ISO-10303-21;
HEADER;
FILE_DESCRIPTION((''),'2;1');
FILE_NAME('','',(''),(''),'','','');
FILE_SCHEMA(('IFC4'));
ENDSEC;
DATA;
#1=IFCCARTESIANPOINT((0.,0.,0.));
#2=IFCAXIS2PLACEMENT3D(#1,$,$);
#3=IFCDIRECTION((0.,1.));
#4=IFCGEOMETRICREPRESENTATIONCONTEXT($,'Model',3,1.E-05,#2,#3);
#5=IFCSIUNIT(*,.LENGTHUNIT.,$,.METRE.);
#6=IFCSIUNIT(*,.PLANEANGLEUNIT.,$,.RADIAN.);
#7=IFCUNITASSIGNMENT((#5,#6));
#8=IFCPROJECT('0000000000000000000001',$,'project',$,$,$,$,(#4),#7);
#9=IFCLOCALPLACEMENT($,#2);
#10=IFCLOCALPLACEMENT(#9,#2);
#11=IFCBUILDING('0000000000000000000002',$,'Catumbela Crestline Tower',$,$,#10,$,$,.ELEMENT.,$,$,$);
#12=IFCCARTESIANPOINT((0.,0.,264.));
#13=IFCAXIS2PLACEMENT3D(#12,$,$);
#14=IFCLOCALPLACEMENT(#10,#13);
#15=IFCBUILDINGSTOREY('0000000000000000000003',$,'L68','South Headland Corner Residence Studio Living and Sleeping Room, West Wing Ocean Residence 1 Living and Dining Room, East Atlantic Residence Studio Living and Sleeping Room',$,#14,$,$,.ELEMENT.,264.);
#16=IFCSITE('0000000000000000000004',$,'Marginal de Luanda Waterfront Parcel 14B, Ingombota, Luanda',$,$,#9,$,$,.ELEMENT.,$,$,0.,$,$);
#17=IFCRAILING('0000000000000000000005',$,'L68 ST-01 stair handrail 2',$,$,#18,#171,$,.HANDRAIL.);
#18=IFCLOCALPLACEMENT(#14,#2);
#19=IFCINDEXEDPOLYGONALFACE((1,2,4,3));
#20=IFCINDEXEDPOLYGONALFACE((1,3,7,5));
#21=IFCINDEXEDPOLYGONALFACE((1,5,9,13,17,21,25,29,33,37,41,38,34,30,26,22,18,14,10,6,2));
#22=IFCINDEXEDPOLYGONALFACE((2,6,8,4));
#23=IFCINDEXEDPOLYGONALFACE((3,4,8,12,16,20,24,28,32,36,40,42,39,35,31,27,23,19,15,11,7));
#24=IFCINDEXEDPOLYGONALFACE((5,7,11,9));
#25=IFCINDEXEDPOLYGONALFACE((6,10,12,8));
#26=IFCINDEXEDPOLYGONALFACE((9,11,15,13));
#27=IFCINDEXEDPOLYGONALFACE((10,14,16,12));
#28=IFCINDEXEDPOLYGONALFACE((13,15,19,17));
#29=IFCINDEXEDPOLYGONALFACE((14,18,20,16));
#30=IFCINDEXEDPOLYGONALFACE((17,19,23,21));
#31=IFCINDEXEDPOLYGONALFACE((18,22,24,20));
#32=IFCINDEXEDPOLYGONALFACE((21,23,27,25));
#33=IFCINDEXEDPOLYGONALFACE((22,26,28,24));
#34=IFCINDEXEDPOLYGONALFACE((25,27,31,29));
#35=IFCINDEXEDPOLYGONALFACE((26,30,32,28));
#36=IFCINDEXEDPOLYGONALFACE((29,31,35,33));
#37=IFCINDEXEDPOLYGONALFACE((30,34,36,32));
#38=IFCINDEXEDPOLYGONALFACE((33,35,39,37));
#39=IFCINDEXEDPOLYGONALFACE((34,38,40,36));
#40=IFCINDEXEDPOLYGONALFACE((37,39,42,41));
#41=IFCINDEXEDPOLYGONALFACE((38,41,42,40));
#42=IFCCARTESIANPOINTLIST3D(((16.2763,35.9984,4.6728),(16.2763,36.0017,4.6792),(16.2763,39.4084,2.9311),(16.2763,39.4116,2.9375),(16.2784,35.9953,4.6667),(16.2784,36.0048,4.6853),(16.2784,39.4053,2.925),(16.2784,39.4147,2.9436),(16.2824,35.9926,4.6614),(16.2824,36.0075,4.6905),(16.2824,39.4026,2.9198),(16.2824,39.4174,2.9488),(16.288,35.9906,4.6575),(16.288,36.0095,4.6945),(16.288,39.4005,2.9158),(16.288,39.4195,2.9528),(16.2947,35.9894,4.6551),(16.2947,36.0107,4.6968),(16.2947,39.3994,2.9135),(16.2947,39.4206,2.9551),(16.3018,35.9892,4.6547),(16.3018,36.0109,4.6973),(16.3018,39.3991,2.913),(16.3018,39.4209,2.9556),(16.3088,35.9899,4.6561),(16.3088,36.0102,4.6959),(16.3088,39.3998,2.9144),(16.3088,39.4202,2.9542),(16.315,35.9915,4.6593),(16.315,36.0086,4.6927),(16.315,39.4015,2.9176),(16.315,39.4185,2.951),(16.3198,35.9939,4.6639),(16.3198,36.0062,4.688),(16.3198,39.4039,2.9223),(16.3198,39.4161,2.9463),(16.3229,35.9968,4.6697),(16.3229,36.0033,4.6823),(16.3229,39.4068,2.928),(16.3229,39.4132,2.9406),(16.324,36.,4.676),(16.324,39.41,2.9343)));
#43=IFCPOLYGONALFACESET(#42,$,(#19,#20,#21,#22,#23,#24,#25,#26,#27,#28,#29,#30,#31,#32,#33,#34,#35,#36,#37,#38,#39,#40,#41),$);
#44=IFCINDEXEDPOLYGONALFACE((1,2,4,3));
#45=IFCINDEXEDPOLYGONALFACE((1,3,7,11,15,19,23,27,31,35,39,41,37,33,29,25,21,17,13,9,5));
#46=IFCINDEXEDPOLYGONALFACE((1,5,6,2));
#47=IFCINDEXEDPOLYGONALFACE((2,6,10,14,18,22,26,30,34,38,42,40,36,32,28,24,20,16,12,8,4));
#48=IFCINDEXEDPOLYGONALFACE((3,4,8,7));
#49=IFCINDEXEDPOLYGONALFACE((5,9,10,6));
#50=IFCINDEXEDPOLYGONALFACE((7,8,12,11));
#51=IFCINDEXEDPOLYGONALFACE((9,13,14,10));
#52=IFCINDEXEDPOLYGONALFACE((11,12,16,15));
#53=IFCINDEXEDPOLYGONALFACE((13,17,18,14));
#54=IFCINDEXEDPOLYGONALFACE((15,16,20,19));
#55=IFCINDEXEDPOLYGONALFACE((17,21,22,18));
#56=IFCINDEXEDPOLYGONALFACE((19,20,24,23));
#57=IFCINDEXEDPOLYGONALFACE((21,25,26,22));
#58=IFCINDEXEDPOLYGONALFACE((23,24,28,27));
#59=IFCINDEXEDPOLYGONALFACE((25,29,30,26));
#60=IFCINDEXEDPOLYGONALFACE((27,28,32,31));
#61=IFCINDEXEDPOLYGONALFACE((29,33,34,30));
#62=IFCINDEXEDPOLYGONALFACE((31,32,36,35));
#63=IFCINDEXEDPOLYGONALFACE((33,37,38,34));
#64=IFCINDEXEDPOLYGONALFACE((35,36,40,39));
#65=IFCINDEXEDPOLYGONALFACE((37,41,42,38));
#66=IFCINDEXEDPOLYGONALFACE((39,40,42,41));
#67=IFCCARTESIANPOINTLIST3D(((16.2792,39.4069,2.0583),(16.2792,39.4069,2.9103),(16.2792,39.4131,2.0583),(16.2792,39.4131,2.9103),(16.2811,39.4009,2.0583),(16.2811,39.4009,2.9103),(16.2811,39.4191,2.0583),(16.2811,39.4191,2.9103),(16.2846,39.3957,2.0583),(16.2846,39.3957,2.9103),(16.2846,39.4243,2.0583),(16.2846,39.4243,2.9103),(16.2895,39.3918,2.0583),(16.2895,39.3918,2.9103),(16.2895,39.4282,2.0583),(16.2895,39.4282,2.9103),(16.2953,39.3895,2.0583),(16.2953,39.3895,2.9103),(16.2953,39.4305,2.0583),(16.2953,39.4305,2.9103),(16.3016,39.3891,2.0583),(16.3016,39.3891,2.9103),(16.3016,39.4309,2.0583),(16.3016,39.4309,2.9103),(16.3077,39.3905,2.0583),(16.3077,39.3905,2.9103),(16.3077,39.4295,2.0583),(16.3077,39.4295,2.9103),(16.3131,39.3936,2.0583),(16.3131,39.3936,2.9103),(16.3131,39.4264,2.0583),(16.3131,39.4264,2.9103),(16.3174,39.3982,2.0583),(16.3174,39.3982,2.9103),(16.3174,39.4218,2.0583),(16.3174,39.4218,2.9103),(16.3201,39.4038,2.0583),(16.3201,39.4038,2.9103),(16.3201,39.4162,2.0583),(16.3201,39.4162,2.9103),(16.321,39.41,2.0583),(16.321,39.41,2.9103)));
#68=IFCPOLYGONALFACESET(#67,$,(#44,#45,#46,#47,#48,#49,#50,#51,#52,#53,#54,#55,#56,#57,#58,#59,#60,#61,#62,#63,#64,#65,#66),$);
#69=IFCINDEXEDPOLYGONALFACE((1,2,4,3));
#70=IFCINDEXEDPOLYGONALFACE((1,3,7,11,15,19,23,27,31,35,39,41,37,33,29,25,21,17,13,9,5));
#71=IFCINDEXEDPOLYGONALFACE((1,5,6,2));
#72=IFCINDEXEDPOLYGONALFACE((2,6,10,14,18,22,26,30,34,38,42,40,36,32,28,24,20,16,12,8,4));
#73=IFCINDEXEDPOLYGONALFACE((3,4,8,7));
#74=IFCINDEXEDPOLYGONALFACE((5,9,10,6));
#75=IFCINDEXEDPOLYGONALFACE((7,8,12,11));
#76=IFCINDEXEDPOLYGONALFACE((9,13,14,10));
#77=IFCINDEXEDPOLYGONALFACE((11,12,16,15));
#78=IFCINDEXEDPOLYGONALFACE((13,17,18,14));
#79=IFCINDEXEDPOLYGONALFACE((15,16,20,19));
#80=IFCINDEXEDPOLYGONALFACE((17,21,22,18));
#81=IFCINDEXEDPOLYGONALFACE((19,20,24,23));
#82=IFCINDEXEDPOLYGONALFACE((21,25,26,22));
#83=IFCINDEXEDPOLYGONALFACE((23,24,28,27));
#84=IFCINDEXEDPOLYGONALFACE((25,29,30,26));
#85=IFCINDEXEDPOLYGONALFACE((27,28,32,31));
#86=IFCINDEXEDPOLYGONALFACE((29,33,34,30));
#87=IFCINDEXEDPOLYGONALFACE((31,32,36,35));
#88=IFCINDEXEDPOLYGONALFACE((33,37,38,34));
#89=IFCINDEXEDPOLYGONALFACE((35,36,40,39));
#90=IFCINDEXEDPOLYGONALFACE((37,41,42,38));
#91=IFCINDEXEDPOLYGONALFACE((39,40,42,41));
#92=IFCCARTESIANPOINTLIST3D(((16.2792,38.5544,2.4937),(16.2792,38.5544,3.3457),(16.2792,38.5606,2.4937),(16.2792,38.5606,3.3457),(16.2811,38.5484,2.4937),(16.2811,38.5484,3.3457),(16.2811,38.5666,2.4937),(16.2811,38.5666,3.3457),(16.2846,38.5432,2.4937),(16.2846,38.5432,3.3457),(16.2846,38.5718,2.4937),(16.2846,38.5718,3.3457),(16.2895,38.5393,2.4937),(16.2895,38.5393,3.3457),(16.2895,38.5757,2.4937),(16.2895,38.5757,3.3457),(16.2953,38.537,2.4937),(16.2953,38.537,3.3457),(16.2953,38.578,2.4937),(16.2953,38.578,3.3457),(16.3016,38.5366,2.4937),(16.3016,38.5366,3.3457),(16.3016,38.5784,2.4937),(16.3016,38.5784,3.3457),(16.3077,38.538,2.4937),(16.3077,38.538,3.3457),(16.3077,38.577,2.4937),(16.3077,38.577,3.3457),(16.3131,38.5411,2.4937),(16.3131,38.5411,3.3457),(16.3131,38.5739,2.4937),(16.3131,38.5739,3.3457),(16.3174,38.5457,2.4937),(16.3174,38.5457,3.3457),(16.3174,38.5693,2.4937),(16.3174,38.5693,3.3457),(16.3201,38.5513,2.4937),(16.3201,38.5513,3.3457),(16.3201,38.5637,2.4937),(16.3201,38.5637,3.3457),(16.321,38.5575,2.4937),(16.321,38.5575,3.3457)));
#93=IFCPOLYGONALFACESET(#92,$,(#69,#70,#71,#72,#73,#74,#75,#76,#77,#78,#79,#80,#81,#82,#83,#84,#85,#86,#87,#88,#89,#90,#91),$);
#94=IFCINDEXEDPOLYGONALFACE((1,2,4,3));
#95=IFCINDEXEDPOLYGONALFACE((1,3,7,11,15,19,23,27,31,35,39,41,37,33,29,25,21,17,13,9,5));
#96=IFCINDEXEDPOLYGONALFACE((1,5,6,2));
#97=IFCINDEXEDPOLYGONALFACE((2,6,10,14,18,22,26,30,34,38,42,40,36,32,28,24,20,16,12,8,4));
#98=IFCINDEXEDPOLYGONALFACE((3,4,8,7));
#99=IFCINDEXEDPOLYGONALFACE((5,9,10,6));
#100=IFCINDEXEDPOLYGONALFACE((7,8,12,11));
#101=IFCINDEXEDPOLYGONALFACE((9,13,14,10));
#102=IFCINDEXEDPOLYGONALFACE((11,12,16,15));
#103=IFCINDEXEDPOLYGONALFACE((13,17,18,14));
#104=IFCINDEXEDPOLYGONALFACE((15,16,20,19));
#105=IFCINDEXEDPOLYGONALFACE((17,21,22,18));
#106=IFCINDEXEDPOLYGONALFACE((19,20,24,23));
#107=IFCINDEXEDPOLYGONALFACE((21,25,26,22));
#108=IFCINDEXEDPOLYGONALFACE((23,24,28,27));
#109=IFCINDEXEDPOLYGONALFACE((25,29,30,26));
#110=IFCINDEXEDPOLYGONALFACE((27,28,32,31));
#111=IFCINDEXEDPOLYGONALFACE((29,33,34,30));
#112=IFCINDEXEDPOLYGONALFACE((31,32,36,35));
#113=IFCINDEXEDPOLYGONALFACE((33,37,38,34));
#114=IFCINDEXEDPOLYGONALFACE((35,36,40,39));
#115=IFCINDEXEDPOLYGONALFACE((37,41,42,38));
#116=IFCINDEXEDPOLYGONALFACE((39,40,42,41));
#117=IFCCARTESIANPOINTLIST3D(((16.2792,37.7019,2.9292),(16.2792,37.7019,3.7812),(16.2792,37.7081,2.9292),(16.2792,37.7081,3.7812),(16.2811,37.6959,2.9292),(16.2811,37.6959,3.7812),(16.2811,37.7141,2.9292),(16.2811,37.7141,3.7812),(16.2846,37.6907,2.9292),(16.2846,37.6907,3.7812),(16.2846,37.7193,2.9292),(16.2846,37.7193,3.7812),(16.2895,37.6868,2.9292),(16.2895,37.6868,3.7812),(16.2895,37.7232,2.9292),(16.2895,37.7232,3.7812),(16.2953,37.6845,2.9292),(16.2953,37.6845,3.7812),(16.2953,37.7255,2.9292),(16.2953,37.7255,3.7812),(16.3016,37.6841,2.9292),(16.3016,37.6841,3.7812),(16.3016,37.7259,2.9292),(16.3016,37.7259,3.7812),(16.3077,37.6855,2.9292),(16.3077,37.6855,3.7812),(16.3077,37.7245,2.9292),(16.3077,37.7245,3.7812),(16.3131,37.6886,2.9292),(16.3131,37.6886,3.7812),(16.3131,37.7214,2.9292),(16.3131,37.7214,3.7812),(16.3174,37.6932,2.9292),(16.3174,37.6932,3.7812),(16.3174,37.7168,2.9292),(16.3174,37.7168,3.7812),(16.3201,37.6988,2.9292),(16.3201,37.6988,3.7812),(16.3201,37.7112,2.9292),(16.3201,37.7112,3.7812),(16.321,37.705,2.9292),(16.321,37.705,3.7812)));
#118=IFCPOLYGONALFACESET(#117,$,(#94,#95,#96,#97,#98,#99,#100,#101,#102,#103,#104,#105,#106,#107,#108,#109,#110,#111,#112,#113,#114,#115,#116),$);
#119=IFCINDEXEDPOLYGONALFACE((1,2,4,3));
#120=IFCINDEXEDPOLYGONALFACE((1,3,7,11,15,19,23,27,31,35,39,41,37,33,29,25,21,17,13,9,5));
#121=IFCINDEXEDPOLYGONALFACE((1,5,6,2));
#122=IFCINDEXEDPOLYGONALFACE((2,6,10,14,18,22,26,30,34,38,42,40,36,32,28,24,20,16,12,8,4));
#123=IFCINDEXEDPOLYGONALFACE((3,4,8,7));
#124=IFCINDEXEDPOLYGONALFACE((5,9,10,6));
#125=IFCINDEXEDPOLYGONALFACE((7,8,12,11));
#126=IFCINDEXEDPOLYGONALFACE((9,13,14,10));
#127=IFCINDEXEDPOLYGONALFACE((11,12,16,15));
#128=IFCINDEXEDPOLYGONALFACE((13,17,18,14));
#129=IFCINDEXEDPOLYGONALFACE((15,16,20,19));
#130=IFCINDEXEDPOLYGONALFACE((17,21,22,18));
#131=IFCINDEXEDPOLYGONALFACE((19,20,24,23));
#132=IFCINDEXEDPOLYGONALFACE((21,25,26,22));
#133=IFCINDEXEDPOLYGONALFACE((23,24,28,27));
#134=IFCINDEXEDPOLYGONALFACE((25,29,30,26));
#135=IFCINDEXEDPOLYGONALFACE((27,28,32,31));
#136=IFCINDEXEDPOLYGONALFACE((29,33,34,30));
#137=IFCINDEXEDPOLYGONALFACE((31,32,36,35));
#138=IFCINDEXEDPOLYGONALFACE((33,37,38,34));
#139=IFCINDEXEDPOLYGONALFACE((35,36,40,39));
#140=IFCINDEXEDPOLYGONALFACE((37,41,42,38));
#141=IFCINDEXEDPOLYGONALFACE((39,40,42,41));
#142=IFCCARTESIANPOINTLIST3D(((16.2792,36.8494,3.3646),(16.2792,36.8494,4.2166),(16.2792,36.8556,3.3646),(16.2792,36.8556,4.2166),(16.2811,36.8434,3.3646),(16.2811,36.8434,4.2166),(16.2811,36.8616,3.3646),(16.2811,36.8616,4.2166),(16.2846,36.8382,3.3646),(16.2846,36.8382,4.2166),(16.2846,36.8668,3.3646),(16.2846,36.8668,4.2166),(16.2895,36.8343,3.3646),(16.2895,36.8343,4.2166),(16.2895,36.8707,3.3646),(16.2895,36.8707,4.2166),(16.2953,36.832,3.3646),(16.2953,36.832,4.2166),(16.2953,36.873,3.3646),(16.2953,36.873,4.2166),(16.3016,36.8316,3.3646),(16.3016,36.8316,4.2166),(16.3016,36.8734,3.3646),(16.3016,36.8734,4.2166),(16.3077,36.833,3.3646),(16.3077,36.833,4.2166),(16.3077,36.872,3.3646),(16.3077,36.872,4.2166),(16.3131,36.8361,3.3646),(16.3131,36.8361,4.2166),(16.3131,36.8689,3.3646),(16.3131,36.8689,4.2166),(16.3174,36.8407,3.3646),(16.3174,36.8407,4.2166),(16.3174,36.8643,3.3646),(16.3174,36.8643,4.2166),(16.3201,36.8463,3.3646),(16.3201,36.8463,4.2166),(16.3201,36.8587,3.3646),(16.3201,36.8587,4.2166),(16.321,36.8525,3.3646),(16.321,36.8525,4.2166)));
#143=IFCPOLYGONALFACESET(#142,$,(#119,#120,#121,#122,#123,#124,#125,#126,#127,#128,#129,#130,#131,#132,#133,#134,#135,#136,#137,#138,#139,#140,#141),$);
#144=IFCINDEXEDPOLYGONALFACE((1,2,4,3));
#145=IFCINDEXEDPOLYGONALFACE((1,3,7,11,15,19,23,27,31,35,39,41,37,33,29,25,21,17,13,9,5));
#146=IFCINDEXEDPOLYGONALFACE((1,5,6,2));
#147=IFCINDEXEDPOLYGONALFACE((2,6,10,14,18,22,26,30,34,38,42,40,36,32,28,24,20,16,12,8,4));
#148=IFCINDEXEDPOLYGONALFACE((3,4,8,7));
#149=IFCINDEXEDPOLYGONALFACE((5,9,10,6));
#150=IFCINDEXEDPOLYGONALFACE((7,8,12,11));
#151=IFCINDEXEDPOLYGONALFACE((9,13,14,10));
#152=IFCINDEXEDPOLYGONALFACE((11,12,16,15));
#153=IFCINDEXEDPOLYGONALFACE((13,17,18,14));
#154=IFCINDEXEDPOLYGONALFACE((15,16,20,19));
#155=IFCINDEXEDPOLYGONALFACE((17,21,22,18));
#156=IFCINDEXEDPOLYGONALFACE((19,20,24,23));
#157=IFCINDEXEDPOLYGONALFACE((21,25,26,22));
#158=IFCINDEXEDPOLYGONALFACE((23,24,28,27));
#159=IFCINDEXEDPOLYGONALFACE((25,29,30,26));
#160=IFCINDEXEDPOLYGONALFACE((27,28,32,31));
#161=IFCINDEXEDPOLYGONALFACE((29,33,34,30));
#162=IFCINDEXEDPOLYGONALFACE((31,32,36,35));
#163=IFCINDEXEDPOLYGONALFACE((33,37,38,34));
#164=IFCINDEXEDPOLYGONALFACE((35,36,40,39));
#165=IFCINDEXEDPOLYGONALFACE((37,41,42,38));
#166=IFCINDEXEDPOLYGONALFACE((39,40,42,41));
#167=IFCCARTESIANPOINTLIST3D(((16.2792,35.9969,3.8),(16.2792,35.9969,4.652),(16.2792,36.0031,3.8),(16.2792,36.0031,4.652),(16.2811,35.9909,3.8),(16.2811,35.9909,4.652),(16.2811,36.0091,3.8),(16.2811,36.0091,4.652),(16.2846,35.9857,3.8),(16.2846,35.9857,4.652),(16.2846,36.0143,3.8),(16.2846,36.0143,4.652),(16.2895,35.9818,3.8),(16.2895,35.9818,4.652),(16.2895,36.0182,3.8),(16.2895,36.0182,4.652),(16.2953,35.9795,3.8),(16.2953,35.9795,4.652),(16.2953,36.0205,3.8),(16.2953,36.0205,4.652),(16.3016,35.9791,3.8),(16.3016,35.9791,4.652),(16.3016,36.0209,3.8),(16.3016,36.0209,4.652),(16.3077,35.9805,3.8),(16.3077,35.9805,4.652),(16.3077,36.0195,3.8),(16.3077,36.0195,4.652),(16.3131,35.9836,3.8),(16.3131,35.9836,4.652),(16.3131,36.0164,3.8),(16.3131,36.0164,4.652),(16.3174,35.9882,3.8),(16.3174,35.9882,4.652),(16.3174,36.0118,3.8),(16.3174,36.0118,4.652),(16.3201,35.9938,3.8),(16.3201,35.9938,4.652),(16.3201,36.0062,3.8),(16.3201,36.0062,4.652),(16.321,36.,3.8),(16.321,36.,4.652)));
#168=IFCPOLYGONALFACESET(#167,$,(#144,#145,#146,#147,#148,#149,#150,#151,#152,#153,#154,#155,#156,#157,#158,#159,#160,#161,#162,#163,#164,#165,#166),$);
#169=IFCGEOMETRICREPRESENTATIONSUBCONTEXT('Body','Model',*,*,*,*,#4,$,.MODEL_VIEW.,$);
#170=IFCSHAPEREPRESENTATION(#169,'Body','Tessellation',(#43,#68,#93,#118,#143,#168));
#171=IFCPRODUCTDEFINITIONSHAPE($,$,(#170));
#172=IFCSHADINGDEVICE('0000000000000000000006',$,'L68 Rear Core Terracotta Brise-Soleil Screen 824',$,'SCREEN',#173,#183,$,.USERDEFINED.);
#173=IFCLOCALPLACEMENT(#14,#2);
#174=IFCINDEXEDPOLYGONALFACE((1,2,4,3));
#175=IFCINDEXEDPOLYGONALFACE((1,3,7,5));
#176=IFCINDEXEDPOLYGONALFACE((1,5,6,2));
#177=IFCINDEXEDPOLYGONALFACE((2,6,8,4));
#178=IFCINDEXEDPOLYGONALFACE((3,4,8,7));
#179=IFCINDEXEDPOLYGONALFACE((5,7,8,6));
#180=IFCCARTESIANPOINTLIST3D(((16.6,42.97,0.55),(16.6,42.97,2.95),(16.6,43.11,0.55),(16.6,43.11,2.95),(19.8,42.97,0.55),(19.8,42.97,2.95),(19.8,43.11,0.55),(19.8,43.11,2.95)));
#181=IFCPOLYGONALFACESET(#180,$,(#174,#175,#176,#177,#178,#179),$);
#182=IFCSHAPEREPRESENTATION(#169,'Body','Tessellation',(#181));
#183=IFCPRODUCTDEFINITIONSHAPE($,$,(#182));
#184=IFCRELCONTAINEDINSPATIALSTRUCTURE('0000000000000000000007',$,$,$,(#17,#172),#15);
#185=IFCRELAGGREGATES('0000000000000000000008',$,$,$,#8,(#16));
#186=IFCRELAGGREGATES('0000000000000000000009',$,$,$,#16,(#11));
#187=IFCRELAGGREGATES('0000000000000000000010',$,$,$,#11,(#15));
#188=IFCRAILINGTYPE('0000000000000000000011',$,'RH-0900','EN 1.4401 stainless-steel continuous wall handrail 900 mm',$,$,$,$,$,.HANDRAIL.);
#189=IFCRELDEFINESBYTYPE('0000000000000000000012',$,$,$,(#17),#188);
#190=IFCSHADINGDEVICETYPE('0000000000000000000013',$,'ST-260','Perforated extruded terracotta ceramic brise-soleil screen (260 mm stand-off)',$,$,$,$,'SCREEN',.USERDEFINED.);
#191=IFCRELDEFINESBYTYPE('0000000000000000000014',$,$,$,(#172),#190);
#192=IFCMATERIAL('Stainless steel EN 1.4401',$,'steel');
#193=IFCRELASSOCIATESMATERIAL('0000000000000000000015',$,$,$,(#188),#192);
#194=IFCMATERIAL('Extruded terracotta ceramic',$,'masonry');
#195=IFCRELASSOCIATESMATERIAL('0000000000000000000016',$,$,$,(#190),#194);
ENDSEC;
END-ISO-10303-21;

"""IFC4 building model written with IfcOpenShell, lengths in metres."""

from ifc_helpers import new_model, si_unit, direction, frame, origin, origin_2d, place, context, subcontext, project, spatial, rectangle, circle, extrude, material, type_object, element, save


model = new_model("IFC4")

# Units and contexts
model_context = context("Model", 3, precision=1e-05, world=origin(), true_north=direction((0.0, 1.0)))
body_context = subcontext(model_context, "Body", "Model", "MODEL_VIEW")
ifc_project = project(units=[si_unit("LENGTHUNIT", "METRE"), si_unit("PLANEANGLEUNIT", "RADIAN")], contexts=[model_context])

# Site, building, storey
site_placement = place(None, origin())
site = spatial("IfcSite", under=ifc_project, at=site_placement, Name="Marginal de Luanda Waterfront Parcel 14B, Ingombota, Luanda", CompositionType="ELEMENT", RefElevation=0.0)
building_placement = place(site_placement, origin())
building = spatial("IfcBuilding", under=site, at=building_placement, Name="Catumbela Crestline Tower", CompositionType="ELEMENT")
storey_placement = place(building_placement, frame((0.0, 0.0, 264.0)))
storey = spatial("IfcBuildingStorey", under=building, at=storey_placement, Name="L68", Description="South Headland Corner Residence Studio Living and Sleeping Room, West Wing Ocean Residence 1 Living and Dining Room, East Atlantic Residence Studio Living and Sleeping Room", CompositionType="ELEMENT", Elevation=264.0)

# Shared definitions
ifc_material_1 = material(Name="Stainless steel EN 1.4401", Category="steel")

# Railing
railing_type_1 = type_object("IfcRailingType", Name="RH-0900", Description="EN 1.4401 stainless-steel continuous wall handrail 900 mm", PredefinedType="HANDRAIL", material=ifc_material_1)
railing_1_placement = place(storey_placement, frame((16.3, 39.41, 2.0583)))
element("IfcRailing", 1, at=railing_1_placement, inside=storey, type_object=railing_type_1, Name="L68 ST-01 stair handrail 2", PredefinedType="HANDRAIL", context=body_context, shape_type="SweptSolid", body=[
    extrude(circle(Radius=0.024, at=origin_2d()), frame((0.0, 0.0, 0.876), z_axis=(0.0, -0.89056, 0.454865), x_axis=(1.0, 0.0, 0.0)), (0.0, 0.0, 1.0), 3.829),
    extrude(circle(Radius=0.021, at=origin_2d()), origin(), (0.0, 0.0, 1.0), 0.852),
    extrude(circle(Radius=0.021, at=origin_2d()), frame((0.0, -0.8525, 0.4354)), (0.0, 0.0, 1.0), 0.852),
    extrude(circle(Radius=0.021, at=origin_2d()), frame((0.0, -1.705, 0.8709)), (0.0, 0.0, 1.0), 0.852),
    extrude(circle(Radius=0.021, at=origin_2d()), frame((0.0, -2.5575, 1.3063)), (0.0, 0.0, 1.0), 0.852),
    extrude(circle(Radius=0.021, at=origin_2d()), frame((0.0, -3.41, 1.7417)), (0.0, 0.0, 1.0), 0.852),
])

# Shading device
ifc_material_2 = material(Name="Extruded terracotta ceramic", Category="masonry")
shading_device_type = type_object("IfcShadingDeviceType", Name="ST-260", Description="Perforated extruded terracotta ceramic brise-soleil screen (260 mm stand-off)", ElementType="SCREEN", PredefinedType="USERDEFINED", material=ifc_material_2)
shading_device_placement = place(storey_placement, frame((18.2, 43.04, 0.55), z_axis=(0.0, 0.0, 1.0), x_axis=(1.0, 0.0, 0.0)))
element("IfcShadingDevice", 2, at=shading_device_placement, inside=storey, type_object=shading_device_type, Name="L68 Rear Core Terracotta Brise-Soleil Screen 824", ObjectType="SCREEN", PredefinedType="USERDEFINED", context=body_context, shape_type="SweptSolid", body=[
    extrude(rectangle(XDim=3.2, YDim=0.14, at=origin_2d()), origin(), (0.0, 0.0, 1.0), 2.4),
])

save(model, "model.ifc")
